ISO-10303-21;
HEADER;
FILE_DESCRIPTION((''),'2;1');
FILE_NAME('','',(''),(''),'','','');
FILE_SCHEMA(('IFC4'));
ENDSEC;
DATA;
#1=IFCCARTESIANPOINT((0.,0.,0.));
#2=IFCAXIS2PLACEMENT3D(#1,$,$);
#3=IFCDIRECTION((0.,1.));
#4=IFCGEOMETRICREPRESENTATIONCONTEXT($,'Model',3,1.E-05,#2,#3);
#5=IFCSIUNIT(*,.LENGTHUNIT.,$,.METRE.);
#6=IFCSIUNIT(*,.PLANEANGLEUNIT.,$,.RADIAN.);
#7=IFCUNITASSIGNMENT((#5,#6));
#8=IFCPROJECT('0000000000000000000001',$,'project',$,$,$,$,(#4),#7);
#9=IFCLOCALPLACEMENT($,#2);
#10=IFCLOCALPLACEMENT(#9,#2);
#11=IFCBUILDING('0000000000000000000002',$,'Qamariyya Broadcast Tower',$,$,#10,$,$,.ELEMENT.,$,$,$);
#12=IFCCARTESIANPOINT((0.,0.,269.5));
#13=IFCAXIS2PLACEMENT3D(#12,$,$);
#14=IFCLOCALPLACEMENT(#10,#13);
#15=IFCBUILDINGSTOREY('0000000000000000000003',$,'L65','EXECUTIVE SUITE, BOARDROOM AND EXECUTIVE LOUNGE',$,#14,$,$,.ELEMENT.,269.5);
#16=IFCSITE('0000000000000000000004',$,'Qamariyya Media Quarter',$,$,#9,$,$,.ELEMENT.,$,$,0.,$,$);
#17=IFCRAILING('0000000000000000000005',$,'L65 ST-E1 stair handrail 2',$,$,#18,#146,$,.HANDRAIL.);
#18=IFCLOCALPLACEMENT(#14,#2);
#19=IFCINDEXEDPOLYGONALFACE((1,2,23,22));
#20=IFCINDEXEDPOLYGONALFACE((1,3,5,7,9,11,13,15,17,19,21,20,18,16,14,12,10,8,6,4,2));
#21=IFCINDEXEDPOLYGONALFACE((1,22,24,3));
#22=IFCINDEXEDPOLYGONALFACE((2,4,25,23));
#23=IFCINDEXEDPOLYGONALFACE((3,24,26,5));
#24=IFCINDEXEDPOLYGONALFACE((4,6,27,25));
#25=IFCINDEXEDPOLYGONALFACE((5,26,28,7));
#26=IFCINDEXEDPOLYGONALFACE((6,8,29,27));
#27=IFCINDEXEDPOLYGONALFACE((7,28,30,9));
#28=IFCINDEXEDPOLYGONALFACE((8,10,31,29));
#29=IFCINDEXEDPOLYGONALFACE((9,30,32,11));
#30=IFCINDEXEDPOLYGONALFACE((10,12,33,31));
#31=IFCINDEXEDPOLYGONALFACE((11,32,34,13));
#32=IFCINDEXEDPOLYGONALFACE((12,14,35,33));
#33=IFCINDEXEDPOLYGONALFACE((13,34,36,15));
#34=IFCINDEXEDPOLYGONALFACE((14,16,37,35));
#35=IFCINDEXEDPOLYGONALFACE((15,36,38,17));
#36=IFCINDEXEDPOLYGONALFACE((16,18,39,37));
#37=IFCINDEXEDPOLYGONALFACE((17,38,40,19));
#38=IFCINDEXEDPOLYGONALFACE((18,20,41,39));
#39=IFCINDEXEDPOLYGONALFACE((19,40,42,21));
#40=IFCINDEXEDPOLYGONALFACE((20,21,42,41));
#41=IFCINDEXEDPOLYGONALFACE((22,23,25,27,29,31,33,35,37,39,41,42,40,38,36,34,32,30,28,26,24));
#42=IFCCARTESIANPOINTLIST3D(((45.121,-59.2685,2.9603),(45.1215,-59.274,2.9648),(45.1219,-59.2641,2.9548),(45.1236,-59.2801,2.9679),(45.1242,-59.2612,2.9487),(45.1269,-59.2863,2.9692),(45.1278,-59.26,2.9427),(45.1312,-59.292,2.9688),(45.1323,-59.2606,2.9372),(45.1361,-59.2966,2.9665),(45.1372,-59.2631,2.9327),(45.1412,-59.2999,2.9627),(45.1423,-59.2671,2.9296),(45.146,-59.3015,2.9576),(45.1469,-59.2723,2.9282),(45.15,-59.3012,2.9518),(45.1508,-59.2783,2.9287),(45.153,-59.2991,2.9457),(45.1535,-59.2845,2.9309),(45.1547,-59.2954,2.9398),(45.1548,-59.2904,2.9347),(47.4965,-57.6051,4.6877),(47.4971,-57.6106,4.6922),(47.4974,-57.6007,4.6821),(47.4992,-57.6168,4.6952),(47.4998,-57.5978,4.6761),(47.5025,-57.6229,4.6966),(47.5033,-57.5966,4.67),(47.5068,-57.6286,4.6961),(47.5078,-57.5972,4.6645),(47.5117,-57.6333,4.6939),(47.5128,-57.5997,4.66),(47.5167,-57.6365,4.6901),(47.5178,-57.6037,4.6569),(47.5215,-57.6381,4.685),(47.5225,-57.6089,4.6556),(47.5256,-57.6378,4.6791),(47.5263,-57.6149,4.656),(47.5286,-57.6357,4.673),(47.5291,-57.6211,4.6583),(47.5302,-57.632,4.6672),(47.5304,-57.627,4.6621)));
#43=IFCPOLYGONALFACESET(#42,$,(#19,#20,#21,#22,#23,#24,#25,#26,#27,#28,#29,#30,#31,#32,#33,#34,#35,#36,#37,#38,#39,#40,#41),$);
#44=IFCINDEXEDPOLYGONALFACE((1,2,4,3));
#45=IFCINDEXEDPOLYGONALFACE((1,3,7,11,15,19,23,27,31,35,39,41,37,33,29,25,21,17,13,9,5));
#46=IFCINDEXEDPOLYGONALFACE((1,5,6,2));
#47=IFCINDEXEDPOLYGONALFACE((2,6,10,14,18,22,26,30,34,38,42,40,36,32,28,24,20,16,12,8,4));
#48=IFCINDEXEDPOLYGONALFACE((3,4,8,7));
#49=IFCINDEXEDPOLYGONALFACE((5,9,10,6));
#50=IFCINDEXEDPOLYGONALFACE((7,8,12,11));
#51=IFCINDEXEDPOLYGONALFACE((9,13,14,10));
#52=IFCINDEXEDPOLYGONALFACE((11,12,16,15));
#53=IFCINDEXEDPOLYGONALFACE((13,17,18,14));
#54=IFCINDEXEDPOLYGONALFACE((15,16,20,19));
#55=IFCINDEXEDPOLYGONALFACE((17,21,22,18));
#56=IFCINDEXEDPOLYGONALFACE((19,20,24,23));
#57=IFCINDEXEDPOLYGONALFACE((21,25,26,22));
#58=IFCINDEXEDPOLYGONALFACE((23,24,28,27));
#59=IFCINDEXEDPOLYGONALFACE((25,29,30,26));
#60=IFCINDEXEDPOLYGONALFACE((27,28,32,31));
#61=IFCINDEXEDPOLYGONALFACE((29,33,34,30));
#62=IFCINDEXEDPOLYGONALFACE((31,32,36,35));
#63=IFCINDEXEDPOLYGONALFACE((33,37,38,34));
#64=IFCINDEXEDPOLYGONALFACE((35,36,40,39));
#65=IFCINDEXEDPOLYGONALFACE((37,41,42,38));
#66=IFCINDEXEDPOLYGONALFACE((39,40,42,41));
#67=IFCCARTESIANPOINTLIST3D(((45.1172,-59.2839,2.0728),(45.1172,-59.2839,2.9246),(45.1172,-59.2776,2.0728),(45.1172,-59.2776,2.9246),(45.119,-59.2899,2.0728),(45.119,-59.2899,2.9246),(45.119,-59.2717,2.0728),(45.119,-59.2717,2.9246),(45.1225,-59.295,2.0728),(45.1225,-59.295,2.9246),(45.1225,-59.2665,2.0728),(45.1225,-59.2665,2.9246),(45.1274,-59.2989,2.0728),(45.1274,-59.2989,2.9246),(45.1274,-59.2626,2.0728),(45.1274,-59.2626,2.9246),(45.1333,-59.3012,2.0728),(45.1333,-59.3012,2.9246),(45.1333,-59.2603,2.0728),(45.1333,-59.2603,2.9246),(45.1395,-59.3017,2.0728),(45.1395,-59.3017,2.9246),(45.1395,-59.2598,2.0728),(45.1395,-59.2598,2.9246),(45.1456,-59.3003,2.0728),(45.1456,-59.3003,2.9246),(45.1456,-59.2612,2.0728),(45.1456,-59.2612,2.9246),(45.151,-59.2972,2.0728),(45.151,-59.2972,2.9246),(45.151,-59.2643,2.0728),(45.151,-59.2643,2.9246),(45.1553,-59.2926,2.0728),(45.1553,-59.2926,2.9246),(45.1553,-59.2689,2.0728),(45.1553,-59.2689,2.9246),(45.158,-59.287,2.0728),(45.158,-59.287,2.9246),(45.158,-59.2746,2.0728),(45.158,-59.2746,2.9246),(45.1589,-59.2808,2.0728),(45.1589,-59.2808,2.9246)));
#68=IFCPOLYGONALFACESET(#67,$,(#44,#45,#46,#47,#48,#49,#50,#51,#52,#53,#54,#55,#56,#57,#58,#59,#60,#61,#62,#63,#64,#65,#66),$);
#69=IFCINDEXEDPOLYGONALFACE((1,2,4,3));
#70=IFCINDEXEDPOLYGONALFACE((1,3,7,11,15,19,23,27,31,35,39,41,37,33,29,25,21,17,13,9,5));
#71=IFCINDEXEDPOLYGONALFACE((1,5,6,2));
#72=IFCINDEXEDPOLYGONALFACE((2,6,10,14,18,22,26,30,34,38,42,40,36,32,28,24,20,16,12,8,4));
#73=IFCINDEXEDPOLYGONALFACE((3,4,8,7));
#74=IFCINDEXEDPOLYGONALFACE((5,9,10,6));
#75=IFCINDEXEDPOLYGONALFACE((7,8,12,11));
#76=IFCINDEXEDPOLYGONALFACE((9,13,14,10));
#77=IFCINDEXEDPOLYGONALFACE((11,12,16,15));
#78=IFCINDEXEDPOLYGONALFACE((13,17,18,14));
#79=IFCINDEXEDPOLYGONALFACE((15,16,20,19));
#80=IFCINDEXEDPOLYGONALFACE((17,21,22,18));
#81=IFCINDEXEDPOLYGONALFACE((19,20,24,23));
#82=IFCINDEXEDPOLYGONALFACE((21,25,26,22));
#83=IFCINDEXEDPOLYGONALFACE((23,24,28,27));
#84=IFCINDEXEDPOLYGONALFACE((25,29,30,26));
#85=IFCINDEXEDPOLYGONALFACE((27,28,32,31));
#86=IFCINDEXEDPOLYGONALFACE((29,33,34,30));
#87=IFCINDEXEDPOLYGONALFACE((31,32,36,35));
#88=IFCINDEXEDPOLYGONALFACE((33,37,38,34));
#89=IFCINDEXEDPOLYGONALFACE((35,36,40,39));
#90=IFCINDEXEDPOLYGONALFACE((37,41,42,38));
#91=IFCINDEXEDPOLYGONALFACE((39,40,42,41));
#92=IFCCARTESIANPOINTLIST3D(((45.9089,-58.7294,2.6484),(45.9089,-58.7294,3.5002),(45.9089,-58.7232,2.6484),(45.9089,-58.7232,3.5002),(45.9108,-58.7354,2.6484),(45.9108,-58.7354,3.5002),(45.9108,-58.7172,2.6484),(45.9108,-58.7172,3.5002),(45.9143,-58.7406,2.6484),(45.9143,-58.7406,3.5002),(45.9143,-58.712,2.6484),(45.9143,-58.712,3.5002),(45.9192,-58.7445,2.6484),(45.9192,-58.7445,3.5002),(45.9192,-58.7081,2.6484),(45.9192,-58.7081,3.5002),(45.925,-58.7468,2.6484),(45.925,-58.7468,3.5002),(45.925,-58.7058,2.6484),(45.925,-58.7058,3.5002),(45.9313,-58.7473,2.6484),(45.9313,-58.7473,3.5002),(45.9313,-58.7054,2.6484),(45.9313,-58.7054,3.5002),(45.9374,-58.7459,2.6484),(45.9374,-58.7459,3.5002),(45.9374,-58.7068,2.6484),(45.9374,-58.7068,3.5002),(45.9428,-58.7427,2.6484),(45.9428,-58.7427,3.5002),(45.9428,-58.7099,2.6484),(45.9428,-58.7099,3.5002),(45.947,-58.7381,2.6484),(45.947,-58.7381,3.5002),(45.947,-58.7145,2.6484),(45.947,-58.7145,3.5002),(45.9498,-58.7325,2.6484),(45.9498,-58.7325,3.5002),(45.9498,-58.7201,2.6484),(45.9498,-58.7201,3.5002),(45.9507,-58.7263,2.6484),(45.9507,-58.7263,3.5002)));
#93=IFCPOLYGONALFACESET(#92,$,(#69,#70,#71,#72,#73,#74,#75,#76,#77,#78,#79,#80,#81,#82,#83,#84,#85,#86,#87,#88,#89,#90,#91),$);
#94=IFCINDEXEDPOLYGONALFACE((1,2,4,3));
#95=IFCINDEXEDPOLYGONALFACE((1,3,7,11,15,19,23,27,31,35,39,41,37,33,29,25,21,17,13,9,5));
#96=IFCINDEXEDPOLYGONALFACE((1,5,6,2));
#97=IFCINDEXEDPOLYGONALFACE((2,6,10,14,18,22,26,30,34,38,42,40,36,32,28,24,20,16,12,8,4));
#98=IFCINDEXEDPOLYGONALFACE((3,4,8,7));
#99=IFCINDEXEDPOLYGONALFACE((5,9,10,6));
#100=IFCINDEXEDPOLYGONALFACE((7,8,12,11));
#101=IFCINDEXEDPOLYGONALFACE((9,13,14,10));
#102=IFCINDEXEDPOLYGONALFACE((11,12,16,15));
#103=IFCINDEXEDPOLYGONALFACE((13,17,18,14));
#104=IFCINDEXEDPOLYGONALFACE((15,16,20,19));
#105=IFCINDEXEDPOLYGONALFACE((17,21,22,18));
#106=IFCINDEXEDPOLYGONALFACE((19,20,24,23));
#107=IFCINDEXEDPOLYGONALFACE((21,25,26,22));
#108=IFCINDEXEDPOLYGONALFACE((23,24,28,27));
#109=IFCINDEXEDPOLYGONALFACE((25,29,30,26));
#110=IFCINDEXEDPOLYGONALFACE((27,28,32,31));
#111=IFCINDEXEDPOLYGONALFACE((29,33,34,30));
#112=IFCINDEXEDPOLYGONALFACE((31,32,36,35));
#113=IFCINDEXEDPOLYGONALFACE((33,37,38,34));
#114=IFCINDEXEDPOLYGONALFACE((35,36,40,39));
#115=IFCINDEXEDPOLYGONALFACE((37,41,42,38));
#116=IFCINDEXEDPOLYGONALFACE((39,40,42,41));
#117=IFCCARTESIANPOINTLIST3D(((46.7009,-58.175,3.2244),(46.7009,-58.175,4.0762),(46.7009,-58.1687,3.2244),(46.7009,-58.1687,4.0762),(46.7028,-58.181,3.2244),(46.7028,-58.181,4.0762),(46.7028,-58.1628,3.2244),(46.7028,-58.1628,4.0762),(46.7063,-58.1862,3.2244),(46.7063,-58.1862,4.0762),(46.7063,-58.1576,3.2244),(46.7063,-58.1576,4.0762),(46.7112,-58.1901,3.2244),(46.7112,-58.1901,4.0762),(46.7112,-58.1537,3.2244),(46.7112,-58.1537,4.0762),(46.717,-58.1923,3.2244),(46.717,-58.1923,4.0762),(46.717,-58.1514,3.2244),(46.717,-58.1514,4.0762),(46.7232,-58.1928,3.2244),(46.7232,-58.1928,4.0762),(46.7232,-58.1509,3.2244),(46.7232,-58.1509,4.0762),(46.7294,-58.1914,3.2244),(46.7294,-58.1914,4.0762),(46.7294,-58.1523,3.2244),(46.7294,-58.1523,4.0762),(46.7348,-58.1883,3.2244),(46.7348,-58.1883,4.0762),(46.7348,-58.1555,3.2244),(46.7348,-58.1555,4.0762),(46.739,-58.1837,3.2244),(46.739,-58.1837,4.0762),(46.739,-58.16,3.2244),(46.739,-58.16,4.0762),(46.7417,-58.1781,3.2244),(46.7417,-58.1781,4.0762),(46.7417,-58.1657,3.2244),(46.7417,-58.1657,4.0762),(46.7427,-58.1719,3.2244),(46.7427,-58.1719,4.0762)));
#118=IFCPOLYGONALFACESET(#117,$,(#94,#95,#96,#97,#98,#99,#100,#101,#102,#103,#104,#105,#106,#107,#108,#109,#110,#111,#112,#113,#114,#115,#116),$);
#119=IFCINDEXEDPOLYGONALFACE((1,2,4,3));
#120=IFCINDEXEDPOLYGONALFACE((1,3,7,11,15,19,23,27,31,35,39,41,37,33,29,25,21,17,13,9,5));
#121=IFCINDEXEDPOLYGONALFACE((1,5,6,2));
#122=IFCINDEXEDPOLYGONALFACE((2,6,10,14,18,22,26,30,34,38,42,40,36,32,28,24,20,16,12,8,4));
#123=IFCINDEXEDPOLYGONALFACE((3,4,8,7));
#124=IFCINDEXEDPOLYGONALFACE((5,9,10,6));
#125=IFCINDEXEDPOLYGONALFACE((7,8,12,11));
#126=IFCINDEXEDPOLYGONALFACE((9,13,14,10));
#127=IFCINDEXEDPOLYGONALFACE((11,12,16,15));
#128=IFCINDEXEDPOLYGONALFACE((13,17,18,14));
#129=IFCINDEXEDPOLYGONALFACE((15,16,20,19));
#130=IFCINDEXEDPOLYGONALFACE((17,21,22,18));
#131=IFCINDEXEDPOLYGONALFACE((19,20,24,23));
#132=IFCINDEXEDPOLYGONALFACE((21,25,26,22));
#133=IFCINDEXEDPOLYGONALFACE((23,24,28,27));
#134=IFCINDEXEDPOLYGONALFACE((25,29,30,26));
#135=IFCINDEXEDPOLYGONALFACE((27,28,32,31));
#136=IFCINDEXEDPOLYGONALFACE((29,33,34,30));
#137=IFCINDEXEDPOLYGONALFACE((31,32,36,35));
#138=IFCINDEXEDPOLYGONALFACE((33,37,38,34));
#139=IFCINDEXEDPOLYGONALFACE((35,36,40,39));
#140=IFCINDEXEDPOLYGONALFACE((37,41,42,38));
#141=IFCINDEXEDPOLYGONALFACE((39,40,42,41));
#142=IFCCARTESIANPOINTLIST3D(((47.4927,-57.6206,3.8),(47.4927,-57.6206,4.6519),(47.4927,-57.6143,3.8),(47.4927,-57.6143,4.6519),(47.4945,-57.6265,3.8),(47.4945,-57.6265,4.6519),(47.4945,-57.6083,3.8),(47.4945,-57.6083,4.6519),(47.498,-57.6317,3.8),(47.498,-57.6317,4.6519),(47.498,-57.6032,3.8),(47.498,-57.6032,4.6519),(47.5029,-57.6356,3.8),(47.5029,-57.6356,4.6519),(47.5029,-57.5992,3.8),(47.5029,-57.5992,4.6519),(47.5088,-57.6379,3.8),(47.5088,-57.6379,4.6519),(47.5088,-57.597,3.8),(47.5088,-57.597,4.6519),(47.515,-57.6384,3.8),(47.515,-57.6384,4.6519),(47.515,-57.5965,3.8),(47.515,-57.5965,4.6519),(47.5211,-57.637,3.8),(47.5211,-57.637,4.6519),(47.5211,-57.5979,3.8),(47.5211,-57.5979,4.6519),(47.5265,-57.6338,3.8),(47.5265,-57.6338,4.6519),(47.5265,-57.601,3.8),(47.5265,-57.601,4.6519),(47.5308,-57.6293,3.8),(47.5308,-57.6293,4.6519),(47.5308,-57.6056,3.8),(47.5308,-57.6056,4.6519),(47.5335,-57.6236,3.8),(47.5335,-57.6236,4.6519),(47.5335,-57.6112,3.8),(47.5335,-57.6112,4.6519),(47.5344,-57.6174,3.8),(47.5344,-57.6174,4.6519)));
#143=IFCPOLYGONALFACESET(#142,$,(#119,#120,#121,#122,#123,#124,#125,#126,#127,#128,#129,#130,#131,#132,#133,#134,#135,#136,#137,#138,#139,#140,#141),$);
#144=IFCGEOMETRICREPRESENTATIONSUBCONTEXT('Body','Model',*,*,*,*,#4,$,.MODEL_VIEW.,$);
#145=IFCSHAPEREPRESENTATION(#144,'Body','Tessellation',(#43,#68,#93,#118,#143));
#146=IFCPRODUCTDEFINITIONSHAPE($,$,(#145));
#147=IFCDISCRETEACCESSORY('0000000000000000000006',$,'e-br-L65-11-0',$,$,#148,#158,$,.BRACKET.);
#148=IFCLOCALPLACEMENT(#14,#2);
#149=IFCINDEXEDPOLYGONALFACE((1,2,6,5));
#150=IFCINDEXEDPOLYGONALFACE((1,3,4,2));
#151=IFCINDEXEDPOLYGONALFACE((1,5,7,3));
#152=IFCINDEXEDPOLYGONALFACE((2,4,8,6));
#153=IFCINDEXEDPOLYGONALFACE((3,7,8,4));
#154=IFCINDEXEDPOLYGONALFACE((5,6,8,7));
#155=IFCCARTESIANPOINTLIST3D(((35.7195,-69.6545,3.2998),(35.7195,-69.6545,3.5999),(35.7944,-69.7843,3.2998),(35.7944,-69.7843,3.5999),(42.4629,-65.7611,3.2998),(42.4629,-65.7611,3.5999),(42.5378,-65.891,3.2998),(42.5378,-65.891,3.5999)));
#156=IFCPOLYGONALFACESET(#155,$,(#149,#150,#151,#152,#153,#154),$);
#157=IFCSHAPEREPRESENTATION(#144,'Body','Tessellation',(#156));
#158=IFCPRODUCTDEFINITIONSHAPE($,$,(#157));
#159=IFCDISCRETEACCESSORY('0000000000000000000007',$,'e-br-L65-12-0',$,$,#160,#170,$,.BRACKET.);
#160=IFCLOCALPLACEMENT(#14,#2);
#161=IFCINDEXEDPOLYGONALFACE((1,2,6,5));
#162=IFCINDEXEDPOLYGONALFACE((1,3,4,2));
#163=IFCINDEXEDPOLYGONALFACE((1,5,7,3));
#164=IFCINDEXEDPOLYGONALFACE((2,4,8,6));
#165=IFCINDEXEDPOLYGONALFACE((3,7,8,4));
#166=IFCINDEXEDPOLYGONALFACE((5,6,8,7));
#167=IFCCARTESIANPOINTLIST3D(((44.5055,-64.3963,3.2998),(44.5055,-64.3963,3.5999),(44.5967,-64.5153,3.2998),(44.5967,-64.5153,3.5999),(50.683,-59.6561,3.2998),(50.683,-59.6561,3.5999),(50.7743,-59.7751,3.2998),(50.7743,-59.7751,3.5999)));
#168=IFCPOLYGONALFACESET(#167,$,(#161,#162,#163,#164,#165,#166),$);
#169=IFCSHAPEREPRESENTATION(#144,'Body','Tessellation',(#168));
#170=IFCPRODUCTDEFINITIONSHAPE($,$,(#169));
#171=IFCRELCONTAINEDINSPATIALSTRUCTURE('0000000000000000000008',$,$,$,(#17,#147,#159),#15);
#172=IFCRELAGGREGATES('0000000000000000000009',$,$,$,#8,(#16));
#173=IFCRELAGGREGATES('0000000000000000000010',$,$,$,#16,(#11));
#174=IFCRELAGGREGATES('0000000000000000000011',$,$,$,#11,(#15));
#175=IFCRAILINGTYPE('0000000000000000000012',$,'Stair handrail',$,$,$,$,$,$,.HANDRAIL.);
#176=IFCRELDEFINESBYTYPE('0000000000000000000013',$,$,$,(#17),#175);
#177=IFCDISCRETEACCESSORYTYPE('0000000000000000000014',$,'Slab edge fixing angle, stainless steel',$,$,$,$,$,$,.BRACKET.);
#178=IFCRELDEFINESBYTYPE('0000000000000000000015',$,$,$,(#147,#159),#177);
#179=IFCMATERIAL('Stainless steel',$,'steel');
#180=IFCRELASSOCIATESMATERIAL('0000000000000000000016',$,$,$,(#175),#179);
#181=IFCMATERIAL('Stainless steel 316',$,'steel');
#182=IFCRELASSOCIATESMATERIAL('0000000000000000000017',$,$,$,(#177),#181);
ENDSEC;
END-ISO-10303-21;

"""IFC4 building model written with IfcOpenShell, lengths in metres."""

from ifc_helpers import new_model, si_unit, direction, frame, origin, origin_2d, place, context, subcontext, project, spatial, rectangle, circle, extrude, material, type_object, element, save


model = new_model("IFC4")

# Units and contexts
model_context = context("Model", 3, precision=1e-05, world=origin(), true_north=direction((0.0, 1.0)))
body_context = subcontext(model_context, "Body", "Model", "MODEL_VIEW")
ifc_project = project(units=[si_unit("LENGTHUNIT", "METRE"), si_unit("PLANEANGLEUNIT", "RADIAN")], contexts=[model_context])

# Site, building, storey
site_placement = place(None, origin())
site = spatial("IfcSite", under=ifc_project, at=site_placement, Name="Qamariyya Media Quarter", CompositionType="ELEMENT", RefElevation=0.0)
building_placement = place(site_placement, origin())
building = spatial("IfcBuilding", under=site, at=building_placement, Name="Qamariyya Broadcast Tower", CompositionType="ELEMENT")
storey_placement = place(building_placement, frame((0.0, 0.0, 269.5)))
storey = spatial("IfcBuildingStorey", under=building, at=storey_placement, Name="L65", Description="EXECUTIVE SUITE, BOARDROOM AND EXECUTIVE LOUNGE", CompositionType="ELEMENT", Elevation=269.5)

# Railing
ifc_material_1 = material(Name="Stainless steel", Category="steel")
railing_type_1 = type_object("IfcRailingType", Name="Stair handrail", PredefinedType="HANDRAIL", material=ifc_material_1)
railing_1_placement = place(storey_placement, frame((45.1379, -59.2808, 2.0728)))
element("IfcRailing", 1, at=railing_1_placement, inside=storey, type_object=railing_type_1, Name="L65 ST-E1 stair handrail 2", PredefinedType="HANDRAIL", context=body_context, shape_type="SweptSolid", body=[
    extrude(circle(Radius=0.0239, at=origin_2d()), frame((0.0, 0.0, 0.876), z_axis=(0.70377, 0.492784, 0.511734), x_axis=(-0.573575, 0.819153, 0.0)), (0.0, 0.0, 1.0), 3.3755),
    extrude(circle(Radius=0.021, at=origin_2d()), origin(), (0.0, 0.0, 1.0), 0.8518),
    extrude(circle(Radius=0.021, at=origin_2d()), frame((0.7917, 0.5544, 0.5757)), (0.0, 0.0, 1.0), 0.8518),
    extrude(circle(Radius=0.021, at=origin_2d()), frame((1.5837, 1.1089, 1.1516)), (0.0, 0.0, 1.0), 0.8518),
    extrude(circle(Radius=0.021, at=origin_2d()), frame((2.3755, 1.6633, 1.7273)), (0.0, 0.0, 1.0), 0.8518),
])

# Discrete accessories
ifc_material_2 = material(Name="Stainless steel 316", Category="steel")
discrete_accessory_type = type_object("IfcDiscreteAccessoryType", Name="Slab edge fixing angle, stainless steel", PredefinedType="BRACKET", material=ifc_material_2)
for number, where, z_axis, x_axis, name in (
    (2, (39.1287, -67.7727, 3.2998), (0.0, 0.0, 1.0), (0.866025, 0.5, 0.0), "e-br-L65-11-0"),
    (3, (47.6399, -62.0857, 3.2998), (0.0, 0.0, 1.0), (0.793353, 0.608761, 0.0), "e-br-L65-12-0"),
):
    element("IfcDiscreteAccessory", number, at=place(storey_placement, frame(where, z_axis=z_axis, x_axis=x_axis)), inside=storey, type_object=discrete_accessory_type, Name=name, PredefinedType="BRACKET", context=body_context, shape_type="SweptSolid", body=[
        extrude(rectangle(XDim=7.7866, YDim=0.1499, at=origin_2d()), origin(), (0.0, 0.0, 1.0), 0.3),
    ])

save(model, "model.ifc")
